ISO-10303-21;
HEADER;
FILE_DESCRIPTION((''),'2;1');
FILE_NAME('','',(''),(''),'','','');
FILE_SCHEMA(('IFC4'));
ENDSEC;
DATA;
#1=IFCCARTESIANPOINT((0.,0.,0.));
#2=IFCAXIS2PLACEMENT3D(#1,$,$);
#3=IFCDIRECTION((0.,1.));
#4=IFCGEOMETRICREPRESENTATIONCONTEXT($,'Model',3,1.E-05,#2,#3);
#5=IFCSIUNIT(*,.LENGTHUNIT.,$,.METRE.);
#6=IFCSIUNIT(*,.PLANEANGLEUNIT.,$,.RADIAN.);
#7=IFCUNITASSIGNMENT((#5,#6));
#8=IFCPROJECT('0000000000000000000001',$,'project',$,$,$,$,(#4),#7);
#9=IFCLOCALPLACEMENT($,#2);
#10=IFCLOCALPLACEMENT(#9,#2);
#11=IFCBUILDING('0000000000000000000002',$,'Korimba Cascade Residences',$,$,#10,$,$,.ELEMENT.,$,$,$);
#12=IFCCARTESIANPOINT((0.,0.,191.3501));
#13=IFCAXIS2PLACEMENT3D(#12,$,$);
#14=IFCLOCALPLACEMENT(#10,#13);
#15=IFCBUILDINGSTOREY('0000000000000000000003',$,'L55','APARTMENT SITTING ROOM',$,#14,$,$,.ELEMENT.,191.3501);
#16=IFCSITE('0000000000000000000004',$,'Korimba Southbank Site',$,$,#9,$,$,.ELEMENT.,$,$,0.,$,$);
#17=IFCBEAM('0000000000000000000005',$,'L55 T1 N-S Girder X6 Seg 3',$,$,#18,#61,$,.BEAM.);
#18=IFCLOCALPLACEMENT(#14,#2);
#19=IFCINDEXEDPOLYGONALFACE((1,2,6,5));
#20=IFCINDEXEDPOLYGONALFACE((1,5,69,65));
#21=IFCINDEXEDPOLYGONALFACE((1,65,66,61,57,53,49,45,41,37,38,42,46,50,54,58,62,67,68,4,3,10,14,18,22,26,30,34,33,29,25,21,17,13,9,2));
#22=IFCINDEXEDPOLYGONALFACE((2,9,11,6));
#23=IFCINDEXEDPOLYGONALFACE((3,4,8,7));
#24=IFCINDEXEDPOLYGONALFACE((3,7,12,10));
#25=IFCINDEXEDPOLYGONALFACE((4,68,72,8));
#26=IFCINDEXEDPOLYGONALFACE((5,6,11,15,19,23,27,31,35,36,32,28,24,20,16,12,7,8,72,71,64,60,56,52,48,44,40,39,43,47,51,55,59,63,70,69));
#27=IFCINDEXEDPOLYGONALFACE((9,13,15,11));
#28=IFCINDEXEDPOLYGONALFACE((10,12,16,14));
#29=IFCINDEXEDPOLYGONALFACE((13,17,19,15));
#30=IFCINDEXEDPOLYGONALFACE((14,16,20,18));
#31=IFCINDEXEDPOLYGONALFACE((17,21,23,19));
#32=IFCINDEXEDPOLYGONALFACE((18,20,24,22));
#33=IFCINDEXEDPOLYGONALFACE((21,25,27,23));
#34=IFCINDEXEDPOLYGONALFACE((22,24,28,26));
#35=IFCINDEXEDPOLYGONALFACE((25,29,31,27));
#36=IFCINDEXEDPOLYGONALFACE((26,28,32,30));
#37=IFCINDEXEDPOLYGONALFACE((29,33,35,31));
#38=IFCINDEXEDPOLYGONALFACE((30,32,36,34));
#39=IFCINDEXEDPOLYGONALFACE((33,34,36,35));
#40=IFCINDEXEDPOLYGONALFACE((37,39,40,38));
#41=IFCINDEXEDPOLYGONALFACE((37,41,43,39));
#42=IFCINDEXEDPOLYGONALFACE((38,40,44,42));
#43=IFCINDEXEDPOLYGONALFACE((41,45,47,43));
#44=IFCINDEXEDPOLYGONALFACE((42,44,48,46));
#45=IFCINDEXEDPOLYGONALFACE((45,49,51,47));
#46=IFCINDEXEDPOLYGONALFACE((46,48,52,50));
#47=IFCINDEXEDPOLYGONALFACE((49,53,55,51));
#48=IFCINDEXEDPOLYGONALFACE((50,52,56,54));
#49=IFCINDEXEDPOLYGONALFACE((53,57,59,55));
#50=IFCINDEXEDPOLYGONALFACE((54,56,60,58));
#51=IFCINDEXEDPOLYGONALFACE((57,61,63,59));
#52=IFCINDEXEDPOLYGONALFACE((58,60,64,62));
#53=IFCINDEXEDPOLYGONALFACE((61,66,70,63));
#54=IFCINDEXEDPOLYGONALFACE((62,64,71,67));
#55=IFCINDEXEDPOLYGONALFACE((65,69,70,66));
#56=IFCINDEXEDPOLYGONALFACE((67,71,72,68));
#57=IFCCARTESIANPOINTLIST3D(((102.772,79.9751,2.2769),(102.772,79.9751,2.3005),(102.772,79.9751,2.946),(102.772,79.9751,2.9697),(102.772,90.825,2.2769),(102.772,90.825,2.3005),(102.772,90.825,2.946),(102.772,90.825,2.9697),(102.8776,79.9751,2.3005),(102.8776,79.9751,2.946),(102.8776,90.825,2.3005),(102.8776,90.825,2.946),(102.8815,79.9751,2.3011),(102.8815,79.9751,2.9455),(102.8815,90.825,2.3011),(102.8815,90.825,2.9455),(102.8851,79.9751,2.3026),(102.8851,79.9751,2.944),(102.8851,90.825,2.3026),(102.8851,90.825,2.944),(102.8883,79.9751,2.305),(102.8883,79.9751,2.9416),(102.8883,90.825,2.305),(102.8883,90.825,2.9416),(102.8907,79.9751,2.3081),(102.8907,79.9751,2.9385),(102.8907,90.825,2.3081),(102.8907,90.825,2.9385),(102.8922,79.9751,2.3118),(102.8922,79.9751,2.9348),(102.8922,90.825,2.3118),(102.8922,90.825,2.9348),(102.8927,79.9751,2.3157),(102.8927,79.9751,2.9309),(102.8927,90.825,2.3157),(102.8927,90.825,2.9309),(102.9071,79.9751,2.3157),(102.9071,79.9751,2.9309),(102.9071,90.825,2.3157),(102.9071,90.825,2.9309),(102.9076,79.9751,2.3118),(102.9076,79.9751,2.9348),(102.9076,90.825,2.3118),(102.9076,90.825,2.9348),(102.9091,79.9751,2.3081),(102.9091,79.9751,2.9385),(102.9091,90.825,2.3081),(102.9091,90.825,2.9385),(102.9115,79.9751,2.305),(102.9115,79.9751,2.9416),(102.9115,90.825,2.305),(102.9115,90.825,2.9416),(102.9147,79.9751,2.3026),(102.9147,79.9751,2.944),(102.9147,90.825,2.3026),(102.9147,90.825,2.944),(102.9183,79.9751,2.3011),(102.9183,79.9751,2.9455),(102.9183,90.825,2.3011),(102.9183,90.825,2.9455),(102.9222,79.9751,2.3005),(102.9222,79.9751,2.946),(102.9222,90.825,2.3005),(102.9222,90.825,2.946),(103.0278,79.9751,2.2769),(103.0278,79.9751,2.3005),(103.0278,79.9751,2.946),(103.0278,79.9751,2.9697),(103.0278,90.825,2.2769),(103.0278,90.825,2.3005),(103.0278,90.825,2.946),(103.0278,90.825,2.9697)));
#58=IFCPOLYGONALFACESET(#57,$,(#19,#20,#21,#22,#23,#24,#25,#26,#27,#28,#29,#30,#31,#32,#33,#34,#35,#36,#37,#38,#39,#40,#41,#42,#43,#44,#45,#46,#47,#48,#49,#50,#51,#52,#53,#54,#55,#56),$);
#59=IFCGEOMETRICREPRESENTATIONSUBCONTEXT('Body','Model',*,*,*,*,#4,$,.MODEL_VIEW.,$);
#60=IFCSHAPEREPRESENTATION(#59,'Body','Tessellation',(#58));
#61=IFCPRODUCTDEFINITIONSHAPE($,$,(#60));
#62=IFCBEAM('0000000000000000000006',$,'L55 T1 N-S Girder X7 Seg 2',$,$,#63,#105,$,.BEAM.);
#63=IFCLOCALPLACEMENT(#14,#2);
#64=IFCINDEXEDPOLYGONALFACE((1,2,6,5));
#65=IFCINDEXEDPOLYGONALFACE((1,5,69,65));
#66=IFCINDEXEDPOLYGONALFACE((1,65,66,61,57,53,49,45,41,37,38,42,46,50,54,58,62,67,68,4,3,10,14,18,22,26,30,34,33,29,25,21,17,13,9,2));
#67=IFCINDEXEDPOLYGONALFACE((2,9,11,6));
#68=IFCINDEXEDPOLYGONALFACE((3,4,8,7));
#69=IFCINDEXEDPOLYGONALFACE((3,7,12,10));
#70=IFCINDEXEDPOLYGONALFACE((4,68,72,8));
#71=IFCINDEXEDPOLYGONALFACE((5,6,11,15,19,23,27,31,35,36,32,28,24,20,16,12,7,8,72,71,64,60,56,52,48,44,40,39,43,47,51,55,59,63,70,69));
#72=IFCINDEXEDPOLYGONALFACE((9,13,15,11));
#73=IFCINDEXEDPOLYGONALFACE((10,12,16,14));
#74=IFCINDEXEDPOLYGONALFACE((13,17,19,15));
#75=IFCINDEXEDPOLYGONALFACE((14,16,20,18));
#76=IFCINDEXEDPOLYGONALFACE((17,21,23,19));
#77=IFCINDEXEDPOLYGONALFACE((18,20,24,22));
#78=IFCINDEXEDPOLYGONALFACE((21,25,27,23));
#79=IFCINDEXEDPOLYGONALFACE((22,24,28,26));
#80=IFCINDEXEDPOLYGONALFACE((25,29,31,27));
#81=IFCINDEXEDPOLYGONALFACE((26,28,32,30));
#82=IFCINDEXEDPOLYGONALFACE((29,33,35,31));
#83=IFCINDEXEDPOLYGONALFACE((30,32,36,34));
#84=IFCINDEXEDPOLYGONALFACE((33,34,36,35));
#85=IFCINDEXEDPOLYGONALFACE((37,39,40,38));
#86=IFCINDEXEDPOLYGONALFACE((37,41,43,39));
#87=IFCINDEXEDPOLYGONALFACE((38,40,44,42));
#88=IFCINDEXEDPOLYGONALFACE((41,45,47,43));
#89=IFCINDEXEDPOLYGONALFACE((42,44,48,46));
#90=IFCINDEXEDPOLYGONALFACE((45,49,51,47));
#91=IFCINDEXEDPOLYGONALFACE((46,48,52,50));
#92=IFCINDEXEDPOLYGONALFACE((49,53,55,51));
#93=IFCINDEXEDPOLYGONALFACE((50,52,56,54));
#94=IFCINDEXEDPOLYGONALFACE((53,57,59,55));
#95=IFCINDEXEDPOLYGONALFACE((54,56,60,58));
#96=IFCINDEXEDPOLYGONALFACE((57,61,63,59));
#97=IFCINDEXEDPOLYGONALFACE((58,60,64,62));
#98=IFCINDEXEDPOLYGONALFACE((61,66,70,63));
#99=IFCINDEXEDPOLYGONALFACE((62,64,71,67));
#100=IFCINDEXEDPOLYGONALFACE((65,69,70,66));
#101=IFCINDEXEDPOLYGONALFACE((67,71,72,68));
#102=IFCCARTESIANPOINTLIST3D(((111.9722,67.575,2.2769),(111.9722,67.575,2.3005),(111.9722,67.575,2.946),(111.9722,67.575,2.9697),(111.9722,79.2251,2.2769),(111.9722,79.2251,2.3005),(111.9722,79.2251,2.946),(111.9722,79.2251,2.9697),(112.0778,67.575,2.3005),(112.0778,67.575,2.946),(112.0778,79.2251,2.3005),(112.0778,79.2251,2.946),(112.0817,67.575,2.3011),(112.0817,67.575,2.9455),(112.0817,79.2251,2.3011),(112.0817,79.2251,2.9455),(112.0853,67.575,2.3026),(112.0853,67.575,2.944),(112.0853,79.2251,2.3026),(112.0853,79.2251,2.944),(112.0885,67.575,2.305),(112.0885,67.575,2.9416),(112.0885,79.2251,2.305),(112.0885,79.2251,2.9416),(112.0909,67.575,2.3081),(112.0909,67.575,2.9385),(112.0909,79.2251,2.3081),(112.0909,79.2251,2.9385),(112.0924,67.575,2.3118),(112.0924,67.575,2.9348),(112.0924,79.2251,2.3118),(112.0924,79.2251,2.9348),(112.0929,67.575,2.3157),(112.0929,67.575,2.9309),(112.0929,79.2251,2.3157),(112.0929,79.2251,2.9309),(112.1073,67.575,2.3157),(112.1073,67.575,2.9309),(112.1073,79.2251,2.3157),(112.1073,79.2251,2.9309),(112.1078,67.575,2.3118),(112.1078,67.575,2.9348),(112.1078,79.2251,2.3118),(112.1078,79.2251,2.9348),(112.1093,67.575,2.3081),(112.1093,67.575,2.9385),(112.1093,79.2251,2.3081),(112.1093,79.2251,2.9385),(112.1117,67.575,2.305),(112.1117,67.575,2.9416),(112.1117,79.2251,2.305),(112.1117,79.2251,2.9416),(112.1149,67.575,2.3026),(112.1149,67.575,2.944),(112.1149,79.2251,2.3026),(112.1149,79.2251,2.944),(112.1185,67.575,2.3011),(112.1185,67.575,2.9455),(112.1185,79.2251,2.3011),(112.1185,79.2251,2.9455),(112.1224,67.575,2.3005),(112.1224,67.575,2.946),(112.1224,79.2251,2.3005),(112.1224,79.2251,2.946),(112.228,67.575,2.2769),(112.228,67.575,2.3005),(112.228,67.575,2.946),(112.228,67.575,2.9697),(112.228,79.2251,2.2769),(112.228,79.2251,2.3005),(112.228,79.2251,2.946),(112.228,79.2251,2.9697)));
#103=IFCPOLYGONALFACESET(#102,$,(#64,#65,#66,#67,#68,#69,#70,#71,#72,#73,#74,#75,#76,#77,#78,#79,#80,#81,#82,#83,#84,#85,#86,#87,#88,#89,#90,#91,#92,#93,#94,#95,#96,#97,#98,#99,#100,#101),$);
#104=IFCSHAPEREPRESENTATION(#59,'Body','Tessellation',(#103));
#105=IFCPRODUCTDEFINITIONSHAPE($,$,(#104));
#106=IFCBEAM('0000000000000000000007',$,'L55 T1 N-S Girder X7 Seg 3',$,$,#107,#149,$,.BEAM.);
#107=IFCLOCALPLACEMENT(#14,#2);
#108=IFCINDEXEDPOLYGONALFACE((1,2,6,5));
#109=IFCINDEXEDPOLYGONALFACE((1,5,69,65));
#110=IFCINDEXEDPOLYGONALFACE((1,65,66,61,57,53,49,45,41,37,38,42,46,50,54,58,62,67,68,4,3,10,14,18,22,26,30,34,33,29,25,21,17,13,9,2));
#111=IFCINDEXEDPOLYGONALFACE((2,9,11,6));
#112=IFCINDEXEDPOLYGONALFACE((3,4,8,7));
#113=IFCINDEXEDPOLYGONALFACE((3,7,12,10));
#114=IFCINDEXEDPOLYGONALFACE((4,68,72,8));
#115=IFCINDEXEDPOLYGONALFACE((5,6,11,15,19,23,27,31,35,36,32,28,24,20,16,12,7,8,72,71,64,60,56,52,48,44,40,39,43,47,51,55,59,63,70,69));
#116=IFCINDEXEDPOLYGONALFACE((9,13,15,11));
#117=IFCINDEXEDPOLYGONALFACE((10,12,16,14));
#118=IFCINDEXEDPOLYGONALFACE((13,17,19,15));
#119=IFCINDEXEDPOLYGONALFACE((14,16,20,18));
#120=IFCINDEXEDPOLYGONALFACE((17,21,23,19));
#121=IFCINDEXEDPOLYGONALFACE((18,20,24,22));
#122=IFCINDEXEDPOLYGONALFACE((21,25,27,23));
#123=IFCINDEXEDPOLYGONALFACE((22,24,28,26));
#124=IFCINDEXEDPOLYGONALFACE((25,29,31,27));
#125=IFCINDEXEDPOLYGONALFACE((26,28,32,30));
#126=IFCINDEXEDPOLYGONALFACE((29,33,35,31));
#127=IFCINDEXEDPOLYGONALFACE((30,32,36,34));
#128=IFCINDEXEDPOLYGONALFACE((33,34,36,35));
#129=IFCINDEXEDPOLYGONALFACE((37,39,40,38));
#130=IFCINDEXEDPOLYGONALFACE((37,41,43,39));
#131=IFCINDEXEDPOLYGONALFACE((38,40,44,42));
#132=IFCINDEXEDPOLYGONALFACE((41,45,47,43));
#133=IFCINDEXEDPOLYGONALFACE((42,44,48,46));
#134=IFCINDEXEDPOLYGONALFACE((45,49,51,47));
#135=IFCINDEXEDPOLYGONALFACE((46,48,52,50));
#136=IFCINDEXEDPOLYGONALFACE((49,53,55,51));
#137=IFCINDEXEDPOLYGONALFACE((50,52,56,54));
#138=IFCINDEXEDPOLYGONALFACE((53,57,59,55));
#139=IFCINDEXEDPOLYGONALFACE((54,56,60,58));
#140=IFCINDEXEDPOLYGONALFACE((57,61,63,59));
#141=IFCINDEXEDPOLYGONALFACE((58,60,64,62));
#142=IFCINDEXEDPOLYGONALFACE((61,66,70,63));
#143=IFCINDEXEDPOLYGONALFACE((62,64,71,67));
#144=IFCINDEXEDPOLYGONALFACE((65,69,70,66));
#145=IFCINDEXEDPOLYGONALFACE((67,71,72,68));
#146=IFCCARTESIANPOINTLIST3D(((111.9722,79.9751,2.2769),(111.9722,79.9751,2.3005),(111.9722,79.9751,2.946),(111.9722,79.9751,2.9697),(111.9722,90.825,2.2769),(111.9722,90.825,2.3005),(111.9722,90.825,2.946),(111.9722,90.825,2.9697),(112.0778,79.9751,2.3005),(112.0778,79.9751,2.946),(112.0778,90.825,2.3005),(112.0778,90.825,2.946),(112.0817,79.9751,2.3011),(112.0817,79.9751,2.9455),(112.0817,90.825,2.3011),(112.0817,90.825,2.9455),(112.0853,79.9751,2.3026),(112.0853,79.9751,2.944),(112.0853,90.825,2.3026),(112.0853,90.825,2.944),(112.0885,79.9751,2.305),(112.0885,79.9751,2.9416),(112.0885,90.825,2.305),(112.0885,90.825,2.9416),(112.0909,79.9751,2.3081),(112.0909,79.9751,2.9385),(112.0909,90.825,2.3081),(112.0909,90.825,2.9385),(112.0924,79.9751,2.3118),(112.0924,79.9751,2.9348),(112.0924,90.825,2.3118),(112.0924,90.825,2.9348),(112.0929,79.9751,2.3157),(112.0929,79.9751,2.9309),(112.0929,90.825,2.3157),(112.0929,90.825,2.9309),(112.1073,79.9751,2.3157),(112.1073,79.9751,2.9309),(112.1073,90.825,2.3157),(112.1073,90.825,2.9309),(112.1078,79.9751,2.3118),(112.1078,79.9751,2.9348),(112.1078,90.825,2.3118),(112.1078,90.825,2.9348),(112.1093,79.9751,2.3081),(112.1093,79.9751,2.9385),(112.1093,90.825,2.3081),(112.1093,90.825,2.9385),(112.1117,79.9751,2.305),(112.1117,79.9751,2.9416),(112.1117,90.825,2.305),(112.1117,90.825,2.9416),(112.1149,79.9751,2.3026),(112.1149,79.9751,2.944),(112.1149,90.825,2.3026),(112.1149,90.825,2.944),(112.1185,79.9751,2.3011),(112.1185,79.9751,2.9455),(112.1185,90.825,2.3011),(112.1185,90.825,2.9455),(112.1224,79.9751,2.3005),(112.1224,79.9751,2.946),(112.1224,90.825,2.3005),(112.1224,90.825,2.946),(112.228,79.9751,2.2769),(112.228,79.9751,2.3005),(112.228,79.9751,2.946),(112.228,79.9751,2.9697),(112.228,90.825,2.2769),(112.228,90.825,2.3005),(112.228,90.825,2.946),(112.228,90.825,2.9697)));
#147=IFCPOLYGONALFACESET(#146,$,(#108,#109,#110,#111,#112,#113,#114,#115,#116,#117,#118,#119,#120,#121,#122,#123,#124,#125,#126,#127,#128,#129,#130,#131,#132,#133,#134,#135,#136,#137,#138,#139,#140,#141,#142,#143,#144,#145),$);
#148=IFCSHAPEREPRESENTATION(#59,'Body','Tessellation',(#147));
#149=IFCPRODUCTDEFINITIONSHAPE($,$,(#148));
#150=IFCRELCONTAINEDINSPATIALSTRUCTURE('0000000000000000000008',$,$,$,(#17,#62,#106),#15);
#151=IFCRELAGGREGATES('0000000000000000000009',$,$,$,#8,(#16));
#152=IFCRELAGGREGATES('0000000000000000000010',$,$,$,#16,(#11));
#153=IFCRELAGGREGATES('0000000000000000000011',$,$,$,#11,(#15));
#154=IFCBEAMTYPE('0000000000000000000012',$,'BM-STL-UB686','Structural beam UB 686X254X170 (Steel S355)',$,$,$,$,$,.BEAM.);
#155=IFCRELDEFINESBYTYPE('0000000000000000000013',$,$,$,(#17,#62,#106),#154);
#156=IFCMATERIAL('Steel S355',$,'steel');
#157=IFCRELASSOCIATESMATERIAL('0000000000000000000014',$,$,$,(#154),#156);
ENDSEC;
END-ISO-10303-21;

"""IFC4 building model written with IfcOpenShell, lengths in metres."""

from ifc_helpers import new_model, si_unit, direction, frame, origin, origin_2d, place, context, subcontext, project, spatial, i_section, extrude, material, material_profile, profile_set, type_object, element, save


model = new_model("IFC4")

# Units and contexts
model_context = context("Model", 3, precision=1e-05, world=origin(), true_north=direction((0.0, 1.0)))
body_context = subcontext(model_context, "Body", "Model", "MODEL_VIEW")
ifc_project = project(units=[si_unit("LENGTHUNIT", "METRE"), si_unit("PLANEANGLEUNIT", "RADIAN")], contexts=[model_context])

# Site, building, storey
site_placement = place(None, origin())
site = spatial("IfcSite", under=ifc_project, at=site_placement, Name="Korimba Southbank Site", CompositionType="ELEMENT", RefElevation=0.0)
building_placement = place(site_placement, origin())
building = spatial("IfcBuilding", under=site, at=building_placement, Name="Korimba Cascade Residences", CompositionType="ELEMENT")
storey_placement = place(building_placement, frame((0.0, 0.0, 191.3501)))
storey = spatial("IfcBuildingStorey", under=building, at=storey_placement, Name="L55", Description="APARTMENT SITTING ROOM", CompositionType="ELEMENT", Elevation=191.3501)

# Beams
ifc_material_1 = material(Name="Steel S355", Category="steel")
ifc_material_profile_1 = material_profile(ifc_material_1, i_section(OverallWidth=0.2559, OverallDepth=0.6929, WebThickness=0.0144, FlangeThickness=0.0237, FilletRadius=0.0151, at=origin_2d()), Name="Steel S355")
ifc_profile_set_1 = profile_set([ifc_material_profile_1], Name="Steel S355")
beam_type_1 = type_object("IfcBeamType", Name="BM-STL-UB686", Description="Structural beam UB 686X254X170 (Steel S355)", PredefinedType="BEAM", material=ifc_profile_set_1)
beam_1_placement = place(storey_placement, frame((102.8999, 79.9751, 2.6233), z_axis=(0.0, 1.0, 0.0), x_axis=(-1.0, 0.0, 0.0)))
element("IfcBeam", 1, at=beam_1_placement, inside=storey, type_object=beam_type_1, Name="L55 T1 N-S Girder X6 Seg 3", PredefinedType="BEAM", context=body_context, shape_type="SweptSolid", body=[
    extrude(i_section(OverallWidth=0.2559, OverallDepth=0.6929, WebThickness=0.0144, FlangeThickness=0.0237, FilletRadius=0.0151, at=origin_2d()), origin(), (0.0, 0.0, 1.0), 10.8499),
])
beam_2_placement = place(storey_placement, frame((112.1001, 67.575, 2.6233), z_axis=(0.0, 1.0, 0.0), x_axis=(-1.0, 0.0, 0.0)))
element("IfcBeam", 2, at=beam_2_placement, inside=storey, type_object=beam_type_1, Name="L55 T1 N-S Girder X7 Seg 2", PredefinedType="BEAM", context=body_context, shape_type="SweptSolid", body=[
    extrude(i_section(OverallWidth=0.2559, OverallDepth=0.6929, WebThickness=0.0144, FlangeThickness=0.0237, FilletRadius=0.0151, at=origin_2d()), origin(), (0.0, 0.0, 1.0), 11.6501),
])
beam_3_placement = place(storey_placement, frame((112.1001, 79.9751, 2.6233), z_axis=(0.0, 1.0, 0.0), x_axis=(-1.0, 0.0, 0.0)))
element("IfcBeam", 3, at=beam_3_placement, inside=storey, type_object=beam_type_1, Name="L55 T1 N-S Girder X7 Seg 3", PredefinedType="BEAM", context=body_context, shape_type="SweptSolid", body=[
    extrude(i_section(OverallWidth=0.2559, OverallDepth=0.6929, WebThickness=0.0144, FlangeThickness=0.0237, FilletRadius=0.0151, at=origin_2d()), origin(), (0.0, 0.0, 1.0), 10.8499),
])

save(model, "model.ifc")
